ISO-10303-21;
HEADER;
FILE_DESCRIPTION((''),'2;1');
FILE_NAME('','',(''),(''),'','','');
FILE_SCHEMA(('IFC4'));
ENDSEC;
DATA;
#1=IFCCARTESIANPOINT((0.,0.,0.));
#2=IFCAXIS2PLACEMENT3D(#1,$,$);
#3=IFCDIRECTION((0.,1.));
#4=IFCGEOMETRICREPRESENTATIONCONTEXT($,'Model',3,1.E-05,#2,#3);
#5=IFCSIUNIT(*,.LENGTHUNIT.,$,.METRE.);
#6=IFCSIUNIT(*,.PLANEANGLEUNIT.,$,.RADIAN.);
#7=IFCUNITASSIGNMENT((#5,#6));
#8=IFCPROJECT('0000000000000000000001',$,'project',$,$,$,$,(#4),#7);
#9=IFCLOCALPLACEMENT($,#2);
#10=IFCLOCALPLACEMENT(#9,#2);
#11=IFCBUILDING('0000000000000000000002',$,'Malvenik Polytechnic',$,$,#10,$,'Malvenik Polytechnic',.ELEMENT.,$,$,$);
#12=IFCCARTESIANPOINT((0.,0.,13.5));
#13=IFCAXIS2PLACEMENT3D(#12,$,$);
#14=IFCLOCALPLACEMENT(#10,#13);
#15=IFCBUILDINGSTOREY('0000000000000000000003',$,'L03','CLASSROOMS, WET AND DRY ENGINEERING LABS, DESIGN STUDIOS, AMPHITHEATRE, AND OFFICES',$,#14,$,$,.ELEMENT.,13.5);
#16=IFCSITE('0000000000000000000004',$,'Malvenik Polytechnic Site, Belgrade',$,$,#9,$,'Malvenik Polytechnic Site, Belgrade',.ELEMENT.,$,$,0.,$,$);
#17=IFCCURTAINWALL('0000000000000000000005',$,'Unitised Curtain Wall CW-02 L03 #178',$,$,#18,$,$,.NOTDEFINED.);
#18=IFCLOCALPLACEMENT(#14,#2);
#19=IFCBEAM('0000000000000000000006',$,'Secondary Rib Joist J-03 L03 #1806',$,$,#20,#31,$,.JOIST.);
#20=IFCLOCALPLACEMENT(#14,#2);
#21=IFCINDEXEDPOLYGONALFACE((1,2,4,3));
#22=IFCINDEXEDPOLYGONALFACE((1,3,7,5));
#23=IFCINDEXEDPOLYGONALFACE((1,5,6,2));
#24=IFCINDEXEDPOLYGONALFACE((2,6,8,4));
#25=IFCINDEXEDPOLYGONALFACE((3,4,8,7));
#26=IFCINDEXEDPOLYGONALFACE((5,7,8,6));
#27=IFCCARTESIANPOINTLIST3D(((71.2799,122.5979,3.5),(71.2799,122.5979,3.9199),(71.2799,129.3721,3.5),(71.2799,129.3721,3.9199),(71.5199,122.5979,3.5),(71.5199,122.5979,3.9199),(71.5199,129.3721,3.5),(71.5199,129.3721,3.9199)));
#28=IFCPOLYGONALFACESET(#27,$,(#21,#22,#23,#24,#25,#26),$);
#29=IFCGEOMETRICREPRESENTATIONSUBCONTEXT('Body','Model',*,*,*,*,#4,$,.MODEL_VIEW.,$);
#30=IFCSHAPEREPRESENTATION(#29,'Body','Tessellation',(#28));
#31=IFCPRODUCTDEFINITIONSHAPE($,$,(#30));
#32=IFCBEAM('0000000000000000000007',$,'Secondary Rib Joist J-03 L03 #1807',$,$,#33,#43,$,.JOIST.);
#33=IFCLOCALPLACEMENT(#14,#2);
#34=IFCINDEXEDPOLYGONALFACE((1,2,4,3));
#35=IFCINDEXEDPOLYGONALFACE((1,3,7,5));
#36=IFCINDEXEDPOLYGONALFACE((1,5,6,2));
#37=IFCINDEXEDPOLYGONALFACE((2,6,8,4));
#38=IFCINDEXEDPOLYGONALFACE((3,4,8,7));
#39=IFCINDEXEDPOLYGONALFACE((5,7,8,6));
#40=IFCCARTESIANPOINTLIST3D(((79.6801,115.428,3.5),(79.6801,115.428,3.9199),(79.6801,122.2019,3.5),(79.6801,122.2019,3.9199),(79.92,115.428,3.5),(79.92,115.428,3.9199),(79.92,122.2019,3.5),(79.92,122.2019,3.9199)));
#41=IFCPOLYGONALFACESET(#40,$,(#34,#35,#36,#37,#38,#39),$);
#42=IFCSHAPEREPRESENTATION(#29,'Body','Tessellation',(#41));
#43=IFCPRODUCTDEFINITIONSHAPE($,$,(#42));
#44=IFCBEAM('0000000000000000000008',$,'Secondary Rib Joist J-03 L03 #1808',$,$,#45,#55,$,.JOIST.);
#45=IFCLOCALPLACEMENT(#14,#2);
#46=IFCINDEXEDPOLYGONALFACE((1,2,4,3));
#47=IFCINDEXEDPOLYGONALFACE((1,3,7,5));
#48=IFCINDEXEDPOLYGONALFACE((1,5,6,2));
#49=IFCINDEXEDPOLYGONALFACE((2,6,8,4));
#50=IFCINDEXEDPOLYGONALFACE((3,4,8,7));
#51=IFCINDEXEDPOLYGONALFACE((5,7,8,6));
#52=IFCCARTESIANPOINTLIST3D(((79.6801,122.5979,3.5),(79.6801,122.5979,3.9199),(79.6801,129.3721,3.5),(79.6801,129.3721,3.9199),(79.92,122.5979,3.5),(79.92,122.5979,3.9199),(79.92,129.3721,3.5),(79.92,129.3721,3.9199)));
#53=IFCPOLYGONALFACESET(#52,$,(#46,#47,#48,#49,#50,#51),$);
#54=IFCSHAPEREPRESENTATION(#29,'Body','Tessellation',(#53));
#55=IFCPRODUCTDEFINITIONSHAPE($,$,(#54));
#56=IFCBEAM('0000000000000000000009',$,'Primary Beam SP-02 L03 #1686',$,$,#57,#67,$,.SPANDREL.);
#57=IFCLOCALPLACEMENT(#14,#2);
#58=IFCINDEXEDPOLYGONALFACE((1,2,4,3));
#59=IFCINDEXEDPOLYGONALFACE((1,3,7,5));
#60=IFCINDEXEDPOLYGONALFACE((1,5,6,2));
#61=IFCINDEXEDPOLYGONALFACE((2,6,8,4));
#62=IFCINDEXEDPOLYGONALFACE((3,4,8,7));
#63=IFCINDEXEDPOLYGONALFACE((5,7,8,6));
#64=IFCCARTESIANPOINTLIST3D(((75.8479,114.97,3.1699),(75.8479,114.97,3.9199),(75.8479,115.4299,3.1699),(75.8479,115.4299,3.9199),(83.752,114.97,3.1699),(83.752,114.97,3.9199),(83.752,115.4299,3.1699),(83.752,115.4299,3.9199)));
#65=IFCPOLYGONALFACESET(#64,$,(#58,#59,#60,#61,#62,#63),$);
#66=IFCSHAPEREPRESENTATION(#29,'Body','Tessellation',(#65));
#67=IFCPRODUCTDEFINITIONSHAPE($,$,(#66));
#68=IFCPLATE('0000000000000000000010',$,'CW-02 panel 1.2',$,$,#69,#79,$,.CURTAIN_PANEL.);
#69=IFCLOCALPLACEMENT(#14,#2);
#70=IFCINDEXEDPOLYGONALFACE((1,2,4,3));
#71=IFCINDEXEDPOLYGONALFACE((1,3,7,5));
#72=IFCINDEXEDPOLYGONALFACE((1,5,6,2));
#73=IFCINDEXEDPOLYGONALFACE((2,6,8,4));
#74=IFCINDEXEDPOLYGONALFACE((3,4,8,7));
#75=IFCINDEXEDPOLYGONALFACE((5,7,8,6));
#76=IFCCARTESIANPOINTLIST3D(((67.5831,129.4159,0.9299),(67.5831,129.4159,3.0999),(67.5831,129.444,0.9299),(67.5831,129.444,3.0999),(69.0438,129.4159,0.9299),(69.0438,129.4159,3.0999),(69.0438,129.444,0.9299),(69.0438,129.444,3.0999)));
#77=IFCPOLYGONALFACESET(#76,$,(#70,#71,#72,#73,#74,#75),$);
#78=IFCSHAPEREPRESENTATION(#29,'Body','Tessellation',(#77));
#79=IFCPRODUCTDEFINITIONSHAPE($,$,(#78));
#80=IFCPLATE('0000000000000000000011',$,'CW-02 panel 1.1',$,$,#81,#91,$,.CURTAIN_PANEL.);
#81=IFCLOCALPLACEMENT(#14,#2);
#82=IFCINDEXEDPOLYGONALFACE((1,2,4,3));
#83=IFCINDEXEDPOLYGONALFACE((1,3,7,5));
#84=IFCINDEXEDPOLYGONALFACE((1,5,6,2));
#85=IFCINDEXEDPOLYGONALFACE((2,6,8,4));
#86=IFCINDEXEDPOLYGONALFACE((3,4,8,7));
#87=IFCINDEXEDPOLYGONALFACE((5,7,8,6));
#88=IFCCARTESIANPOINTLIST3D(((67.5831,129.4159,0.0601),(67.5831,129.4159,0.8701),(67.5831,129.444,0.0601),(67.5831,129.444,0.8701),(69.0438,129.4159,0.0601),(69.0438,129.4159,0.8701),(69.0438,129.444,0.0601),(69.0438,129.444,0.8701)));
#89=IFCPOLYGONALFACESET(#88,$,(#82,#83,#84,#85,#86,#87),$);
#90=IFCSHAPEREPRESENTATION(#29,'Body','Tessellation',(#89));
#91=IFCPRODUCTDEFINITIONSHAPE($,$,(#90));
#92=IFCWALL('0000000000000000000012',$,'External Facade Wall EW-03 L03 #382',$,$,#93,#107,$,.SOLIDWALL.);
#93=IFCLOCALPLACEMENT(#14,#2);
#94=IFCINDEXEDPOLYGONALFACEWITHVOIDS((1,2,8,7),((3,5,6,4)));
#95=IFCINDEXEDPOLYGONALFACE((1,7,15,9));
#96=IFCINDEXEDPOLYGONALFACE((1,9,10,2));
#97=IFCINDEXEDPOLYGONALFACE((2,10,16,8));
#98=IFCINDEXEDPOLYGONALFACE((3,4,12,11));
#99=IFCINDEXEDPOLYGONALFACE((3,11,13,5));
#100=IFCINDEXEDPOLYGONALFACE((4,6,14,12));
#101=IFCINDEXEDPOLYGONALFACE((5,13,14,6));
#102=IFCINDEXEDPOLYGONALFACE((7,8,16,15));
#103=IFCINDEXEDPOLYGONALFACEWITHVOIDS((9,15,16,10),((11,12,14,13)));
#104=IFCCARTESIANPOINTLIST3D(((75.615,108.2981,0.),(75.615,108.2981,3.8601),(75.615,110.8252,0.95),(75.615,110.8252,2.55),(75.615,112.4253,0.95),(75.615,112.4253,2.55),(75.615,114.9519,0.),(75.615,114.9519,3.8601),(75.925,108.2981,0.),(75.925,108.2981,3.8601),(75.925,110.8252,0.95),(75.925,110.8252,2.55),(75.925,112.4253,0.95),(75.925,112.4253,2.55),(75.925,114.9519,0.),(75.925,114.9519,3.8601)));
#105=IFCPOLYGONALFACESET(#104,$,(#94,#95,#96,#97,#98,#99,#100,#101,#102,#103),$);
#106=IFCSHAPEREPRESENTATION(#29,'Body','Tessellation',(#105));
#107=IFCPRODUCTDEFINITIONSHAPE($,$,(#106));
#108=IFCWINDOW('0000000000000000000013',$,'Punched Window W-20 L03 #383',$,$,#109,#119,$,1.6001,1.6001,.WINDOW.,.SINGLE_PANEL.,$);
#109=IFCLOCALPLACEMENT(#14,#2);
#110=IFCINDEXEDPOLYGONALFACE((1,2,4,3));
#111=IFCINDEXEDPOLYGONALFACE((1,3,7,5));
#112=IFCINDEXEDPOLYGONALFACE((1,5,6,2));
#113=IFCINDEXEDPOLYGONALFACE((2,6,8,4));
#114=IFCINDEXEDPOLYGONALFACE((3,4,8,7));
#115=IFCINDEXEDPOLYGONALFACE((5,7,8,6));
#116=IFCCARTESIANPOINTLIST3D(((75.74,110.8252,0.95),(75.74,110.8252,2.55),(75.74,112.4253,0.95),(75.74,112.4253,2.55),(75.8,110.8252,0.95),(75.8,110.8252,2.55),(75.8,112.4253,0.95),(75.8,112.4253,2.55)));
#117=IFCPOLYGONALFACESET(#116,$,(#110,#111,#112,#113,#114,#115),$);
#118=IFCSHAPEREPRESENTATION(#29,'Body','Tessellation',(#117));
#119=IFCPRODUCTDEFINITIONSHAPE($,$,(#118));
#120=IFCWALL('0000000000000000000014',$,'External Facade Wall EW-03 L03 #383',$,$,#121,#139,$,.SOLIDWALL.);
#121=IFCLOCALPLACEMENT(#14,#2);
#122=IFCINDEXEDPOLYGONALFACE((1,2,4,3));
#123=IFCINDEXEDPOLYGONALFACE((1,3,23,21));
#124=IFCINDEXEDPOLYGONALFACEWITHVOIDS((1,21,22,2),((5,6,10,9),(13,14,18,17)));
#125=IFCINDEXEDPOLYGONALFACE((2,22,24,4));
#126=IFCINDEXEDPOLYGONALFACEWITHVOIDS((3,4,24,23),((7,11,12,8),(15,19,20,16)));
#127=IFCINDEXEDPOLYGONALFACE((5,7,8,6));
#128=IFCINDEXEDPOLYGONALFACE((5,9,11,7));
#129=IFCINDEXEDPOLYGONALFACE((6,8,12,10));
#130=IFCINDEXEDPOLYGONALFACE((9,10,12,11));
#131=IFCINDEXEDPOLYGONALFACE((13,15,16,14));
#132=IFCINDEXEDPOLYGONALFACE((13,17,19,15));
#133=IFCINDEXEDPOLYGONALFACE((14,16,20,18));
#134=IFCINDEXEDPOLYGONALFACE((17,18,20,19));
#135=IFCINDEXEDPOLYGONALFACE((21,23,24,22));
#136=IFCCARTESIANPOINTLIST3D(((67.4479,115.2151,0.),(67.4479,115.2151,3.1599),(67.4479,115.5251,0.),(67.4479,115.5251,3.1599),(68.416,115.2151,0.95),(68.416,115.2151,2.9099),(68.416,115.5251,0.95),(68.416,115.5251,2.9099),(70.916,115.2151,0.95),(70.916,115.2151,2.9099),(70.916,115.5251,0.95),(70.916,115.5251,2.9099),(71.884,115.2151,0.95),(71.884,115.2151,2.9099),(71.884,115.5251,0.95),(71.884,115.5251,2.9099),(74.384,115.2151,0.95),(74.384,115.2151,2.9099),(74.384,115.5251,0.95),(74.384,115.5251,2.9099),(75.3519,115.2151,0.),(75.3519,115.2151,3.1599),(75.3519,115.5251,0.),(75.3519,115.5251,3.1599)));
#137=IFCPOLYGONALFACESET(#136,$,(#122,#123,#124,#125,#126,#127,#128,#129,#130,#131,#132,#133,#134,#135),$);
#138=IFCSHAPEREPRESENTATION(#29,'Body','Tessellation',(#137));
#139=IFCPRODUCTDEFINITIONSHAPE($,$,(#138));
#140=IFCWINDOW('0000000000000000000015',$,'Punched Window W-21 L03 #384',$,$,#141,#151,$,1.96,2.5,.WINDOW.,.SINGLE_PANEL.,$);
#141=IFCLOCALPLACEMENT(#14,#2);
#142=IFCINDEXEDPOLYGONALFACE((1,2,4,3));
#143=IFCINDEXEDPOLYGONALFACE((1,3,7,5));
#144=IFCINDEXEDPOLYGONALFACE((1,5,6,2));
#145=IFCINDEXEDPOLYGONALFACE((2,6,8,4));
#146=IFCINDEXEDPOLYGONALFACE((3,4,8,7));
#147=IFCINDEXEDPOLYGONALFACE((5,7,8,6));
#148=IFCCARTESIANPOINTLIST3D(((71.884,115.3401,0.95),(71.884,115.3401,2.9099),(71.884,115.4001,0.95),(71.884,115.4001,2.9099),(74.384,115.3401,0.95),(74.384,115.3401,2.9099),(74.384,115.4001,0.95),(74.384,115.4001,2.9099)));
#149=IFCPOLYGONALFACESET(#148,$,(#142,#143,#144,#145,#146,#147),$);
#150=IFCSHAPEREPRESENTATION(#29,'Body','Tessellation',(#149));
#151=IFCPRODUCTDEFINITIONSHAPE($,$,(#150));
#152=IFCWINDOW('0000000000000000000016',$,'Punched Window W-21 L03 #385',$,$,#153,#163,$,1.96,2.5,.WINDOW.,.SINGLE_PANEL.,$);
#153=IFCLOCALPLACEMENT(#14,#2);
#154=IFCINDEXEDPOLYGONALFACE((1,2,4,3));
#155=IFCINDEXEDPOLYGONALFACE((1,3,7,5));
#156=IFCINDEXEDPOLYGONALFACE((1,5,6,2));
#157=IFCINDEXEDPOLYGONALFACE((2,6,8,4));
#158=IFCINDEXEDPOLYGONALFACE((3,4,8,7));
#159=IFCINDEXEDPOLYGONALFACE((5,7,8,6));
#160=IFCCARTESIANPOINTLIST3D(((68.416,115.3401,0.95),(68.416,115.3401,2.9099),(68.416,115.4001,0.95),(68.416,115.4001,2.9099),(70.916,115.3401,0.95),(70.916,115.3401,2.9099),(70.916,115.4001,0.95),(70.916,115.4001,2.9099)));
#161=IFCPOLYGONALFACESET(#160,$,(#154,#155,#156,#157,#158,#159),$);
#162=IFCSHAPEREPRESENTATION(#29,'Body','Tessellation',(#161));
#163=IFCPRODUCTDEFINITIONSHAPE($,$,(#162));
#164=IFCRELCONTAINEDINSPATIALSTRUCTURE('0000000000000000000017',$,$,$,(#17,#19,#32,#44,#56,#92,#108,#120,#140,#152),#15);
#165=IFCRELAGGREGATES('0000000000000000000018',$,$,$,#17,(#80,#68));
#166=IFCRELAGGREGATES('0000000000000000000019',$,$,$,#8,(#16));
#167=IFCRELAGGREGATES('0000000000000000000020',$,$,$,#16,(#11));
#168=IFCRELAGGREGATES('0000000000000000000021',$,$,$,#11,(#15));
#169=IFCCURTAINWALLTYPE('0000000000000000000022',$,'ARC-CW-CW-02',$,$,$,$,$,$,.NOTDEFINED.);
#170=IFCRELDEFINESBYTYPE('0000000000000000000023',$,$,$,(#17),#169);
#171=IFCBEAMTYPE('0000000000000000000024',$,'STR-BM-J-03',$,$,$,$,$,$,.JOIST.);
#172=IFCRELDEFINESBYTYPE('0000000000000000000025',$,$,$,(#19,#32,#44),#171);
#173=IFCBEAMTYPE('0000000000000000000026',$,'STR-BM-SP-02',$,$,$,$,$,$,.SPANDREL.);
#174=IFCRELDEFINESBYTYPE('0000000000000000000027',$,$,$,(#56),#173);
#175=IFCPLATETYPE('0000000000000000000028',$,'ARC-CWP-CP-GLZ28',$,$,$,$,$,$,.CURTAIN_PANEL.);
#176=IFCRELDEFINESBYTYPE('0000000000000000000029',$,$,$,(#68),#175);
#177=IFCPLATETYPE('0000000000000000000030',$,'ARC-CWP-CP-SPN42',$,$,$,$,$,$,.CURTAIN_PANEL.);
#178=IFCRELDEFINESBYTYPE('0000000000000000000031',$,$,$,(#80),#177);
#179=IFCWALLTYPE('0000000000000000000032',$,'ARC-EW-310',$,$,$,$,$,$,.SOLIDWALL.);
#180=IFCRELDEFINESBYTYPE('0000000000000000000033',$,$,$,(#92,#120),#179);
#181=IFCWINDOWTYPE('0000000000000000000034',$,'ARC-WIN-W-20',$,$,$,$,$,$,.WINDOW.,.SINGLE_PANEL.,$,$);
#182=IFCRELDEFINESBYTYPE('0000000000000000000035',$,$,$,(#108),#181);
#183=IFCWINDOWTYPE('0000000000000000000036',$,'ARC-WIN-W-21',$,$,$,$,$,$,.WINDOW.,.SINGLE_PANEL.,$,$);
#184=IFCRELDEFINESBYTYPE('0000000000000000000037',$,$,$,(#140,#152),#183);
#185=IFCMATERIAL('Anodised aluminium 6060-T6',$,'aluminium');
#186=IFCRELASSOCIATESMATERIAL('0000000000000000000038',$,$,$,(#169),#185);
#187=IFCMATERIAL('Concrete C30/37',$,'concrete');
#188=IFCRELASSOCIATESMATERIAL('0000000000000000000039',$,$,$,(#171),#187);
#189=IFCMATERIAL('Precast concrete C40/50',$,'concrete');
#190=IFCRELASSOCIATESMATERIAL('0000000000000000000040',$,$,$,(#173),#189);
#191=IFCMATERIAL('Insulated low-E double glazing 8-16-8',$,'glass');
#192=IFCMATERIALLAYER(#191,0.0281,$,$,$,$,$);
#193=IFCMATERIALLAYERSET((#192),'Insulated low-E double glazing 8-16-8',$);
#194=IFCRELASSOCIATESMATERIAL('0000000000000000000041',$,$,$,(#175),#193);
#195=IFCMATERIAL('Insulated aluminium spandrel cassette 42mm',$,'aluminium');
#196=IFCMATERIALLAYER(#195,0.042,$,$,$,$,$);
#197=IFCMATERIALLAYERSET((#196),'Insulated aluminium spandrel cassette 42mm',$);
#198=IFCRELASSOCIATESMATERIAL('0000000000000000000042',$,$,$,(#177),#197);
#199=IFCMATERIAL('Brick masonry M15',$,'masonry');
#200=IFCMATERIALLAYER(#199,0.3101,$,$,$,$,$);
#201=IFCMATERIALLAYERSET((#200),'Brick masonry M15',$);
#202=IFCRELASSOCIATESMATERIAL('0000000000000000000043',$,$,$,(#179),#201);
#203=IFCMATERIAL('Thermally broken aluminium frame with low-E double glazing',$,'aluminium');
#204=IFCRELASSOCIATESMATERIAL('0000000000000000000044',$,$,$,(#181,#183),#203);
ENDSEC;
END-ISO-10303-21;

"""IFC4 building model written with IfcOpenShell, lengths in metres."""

from ifc_helpers import new_model, si_unit, direction, frame, frame_2d, origin, origin_2d, place, context, subcontext, project, spatial, rectangle, extrude, material, layer, layer_set, material_profile, profile_set, type_object, element, fill, aggregate, save


model = new_model("IFC4")

# Units and contexts
model_context = context("Model", 3, precision=1e-05, world=origin(), true_north=direction((0.0, 1.0)))
body_context = subcontext(model_context, "Body", "Model", "MODEL_VIEW")
ifc_project = project(units=[si_unit("LENGTHUNIT", "METRE"), si_unit("PLANEANGLEUNIT", "RADIAN")], contexts=[model_context])

# Site, building, storey
site_placement = place(None, origin())
site = spatial("IfcSite", under=ifc_project, at=site_placement, Name="Malvenik Polytechnic Site, Belgrade", LongName="Malvenik Polytechnic Site, Belgrade", CompositionType="ELEMENT", RefElevation=0.0)
building_placement = place(site_placement, origin())
building = spatial("IfcBuilding", under=site, at=building_placement, Name="Malvenik Polytechnic", LongName="Malvenik Polytechnic", CompositionType="ELEMENT")
storey_placement = place(building_placement, frame((0.0, 0.0, 13.5)))
storey = spatial("IfcBuildingStorey", under=building, at=storey_placement, Name="L03", Description="CLASSROOMS, WET AND DRY ENGINEERING LABS, DESIGN STUDIOS, AMPHITHEATRE, AND OFFICES", CompositionType="ELEMENT", Elevation=13.5)

# Curtain wall
ifc_material_1 = material(Name="Anodised aluminium 6060-T6", Category="aluminium")
curtain_wall_type = type_object("IfcCurtainWallType", Name="ARC-CW-CW-02", PredefinedType="NOTDEFINED", material=ifc_material_1)
curtain_wall_placement = place(storey_placement, origin())
curtain_wall = element("IfcCurtainWall", 1, at=curtain_wall_placement, inside=storey, type_object=curtain_wall_type, Name="Unitised Curtain Wall CW-02 L03 #178", PredefinedType="NOTDEFINED")

# Beams
ifc_material_2 = material(Name="Concrete C30/37", Category="concrete")
ifc_material_profile_1 = material_profile(ifc_material_2, rectangle(XDim=0.24, YDim=0.4199, at=origin_2d()), Name="RC JST 240x420")
ifc_profile_set_1 = profile_set([ifc_material_profile_1], Name="Concrete C30/37")
beam_type_1 = type_object("IfcBeamType", Name="STR-BM-J-03", PredefinedType="JOIST", material=ifc_profile_set_1)
beam_1_placement = place(storey_placement, frame((71.3999, 122.5979, 3.71), z_axis=(0.0, 1.0, 0.0), x_axis=(-1.0, 0.0, 0.0)))
element("IfcBeam", 2, at=beam_1_placement, inside=storey, type_object=beam_type_1, Name="Secondary Rib Joist J-03 L03 #1806", PredefinedType="JOIST", context=body_context, shape_type="SweptSolid", body=[
    extrude(rectangle(XDim=0.24, YDim=0.4199, at=origin_2d()), origin(), (0.0, 0.0, 1.0), 6.7742),
])
beam_2_placement = place(storey_placement, frame((79.8, 115.428, 3.71), z_axis=(0.0, 1.0, 0.0), x_axis=(-1.0, 0.0, 0.0)))
element("IfcBeam", 3, at=beam_2_placement, inside=storey, type_object=beam_type_1, Name="Secondary Rib Joist J-03 L03 #1807", PredefinedType="JOIST", context=body_context, shape_type="SweptSolid", body=[
    extrude(rectangle(XDim=0.24, YDim=0.4199, at=origin_2d()), origin(), (0.0, 0.0, 1.0), 6.7739),
])
beam_3_placement = place(storey_placement, frame((79.8, 122.5979, 3.71), z_axis=(0.0, 1.0, 0.0), x_axis=(-1.0, 0.0, 0.0)))
element("IfcBeam", 4, at=beam_3_placement, inside=storey, type_object=beam_type_1, Name="Secondary Rib Joist J-03 L03 #1808", PredefinedType="JOIST", context=body_context, shape_type="SweptSolid", body=[
    extrude(rectangle(XDim=0.24, YDim=0.4199, at=origin_2d()), origin(), (0.0, 0.0, 1.0), 6.7742),
])
ifc_material_3 = material(Name="Precast concrete C40/50", Category="concrete")
ifc_material_profile_2 = material_profile(ifc_material_3, rectangle(XDim=0.46, YDim=0.75, at=origin_2d()), Name="PC SPN 460x750")
ifc_profile_set_2 = profile_set([ifc_material_profile_2], Name="Precast concrete C40/50")
beam_type_2 = type_object("IfcBeamType", Name="STR-BM-SP-02", PredefinedType="SPANDREL", material=ifc_profile_set_2)
beam_4_placement = place(storey_placement, frame((75.8479, 115.2, 3.5449), z_axis=(1.0, 0.0, 0.0), x_axis=(0.0, 1.0, 0.0)))
element("IfcBeam", 5, at=beam_4_placement, inside=storey, type_object=beam_type_2, Name="Primary Beam SP-02 L03 #1686", PredefinedType="SPANDREL", context=body_context, shape_type="SweptSolid", body=[
    extrude(rectangle(XDim=0.46, YDim=0.75, at=origin_2d()), origin(), (0.0, 0.0, 1.0), 7.9041),
])

# Plates
ifc_material_4 = material(Name="Insulated low-E double glazing 8-16-8", Category="glass")
ifc_layer_1 = layer(ifc_material_4, 0.0281)
ifc_layer_set_1 = layer_set([ifc_layer_1], Name="Insulated low-E double glazing 8-16-8")
plate_type_1 = type_object("IfcPlateType", Name="ARC-CWP-CP-GLZ28", PredefinedType="CURTAIN_PANEL", material=ifc_layer_set_1)
plate_1_placement = place(storey_placement, frame((68.3135, 129.4299, 0.9299), z_axis=(0.0, 0.0, 1.0), x_axis=(1.0, 0.0, 0.0)))
plate_1 = element("IfcPlate", 6, at=plate_1_placement, type_object=plate_type_1, Name="CW-02 panel 1.2", PredefinedType="CURTAIN_PANEL", context=body_context, shape_type="SweptSolid", body=[
    extrude(rectangle(XDim=1.4607, YDim=0.0281, at=origin_2d()), origin(), (0.0, 0.0, 1.0), 2.1699),
])
ifc_material_5 = material(Name="Insulated aluminium spandrel cassette 42mm", Category="aluminium")
ifc_layer_2 = layer(ifc_material_5, 0.042)
ifc_layer_set_2 = layer_set([ifc_layer_2], Name="Insulated aluminium spandrel cassette 42mm")
plate_type_2 = type_object("IfcPlateType", Name="ARC-CWP-CP-SPN42", PredefinedType="CURTAIN_PANEL", material=ifc_layer_set_2)
plate_2_placement = place(storey_placement, frame((68.3135, 129.4299, 0.0601), z_axis=(0.0, 0.0, 1.0), x_axis=(1.0, 0.0, 0.0)))
plate_2 = element("IfcPlate", 7, at=plate_2_placement, type_object=plate_type_2, Name="CW-02 panel 1.1", PredefinedType="CURTAIN_PANEL", context=body_context, shape_type="SweptSolid", body=[
    extrude(rectangle(XDim=1.4607, YDim=0.0281, at=origin_2d()), origin(), (0.0, 0.0, 1.0), 0.8101),
])
aggregate(curtain_wall, [plate_2, plate_1])

# Wall, opening, window
ifc_material_6 = material(Name="Brick masonry M15", Category="masonry")
ifc_layer_3 = layer(ifc_material_6, 0.3101)
ifc_layer_set_3 = layer_set([ifc_layer_3], Name="Brick masonry M15")
wall_type_1 = type_object("IfcWallType", Name="ARC-EW-310", PredefinedType="SOLIDWALL", material=ifc_layer_set_3)
wall_1_placement = place(storey_placement, frame((75.77, 108.2981, 0.0), z_axis=(0.0, 0.0, 1.0), x_axis=(0.0, 1.0, 0.0)))
wall_1 = element("IfcWall", 8, at=wall_1_placement, inside=storey, type_object=wall_type_1, Name="External Facade Wall EW-03 L03 #382", PredefinedType="SOLIDWALL", context=body_context, shape_type="SweptSolid", body=[
    extrude(rectangle(XDim=6.6538, YDim=0.3101, at=frame_2d((3.3269, 0.0))), origin(), (0.0, 0.0, 1.0), 3.8601),
])
opening_1_placement = place(wall_1_placement, frame((2.5271, 0.0, 0.95)))
opening_1 = element("IfcOpeningElement", 9, at=opening_1_placement, cuts=wall_1, PredefinedType="OPENING", context=body_context, shape_type="SweptSolid", body=[
    extrude(rectangle(XDim=1.6001, YDim=1.6001, at=frame_2d((0.8, 0.8))), frame((0.0, 0.165, 0.0), z_axis=(0.0, -1.0, 0.0), x_axis=(1.0, 0.0, 0.0)), (0.0, 0.0, 1.0), 0.3301),
])
ifc_material_7 = material(Name="Thermally broken aluminium frame with low-E double glazing", Category="aluminium")
window_type_1 = type_object("IfcWindowType", Name="ARC-WIN-W-20", PartitioningType="SINGLE_PANEL", PredefinedType="WINDOW", material=ifc_material_7)
window_1_placement = place(opening_1_placement, origin())
window_1 = element("IfcWindow", 10, at=window_1_placement, inside=storey, type_object=window_type_1, Name="Punched Window W-20 L03 #383", OverallHeight=1.6001, OverallWidth=1.6001, PartitioningType="SINGLE_PANEL", PredefinedType="WINDOW", context=body_context, shape_type="SweptSolid", body=[
    extrude(rectangle(XDim=1.6001, YDim=1.6001, at=frame_2d((0.8, 0.8))), frame((0.0, 0.03, 0.0), z_axis=(0.0, -1.0, 0.0), x_axis=(1.0, 0.0, 0.0)), (0.0, 0.0, 1.0), 0.0601),
])
fill(opening_1, window_1)

# Wall, openings, windows
wall_2_placement = place(storey_placement, frame((75.3521, 115.3701, 0.0), z_axis=(0.0, 0.0, 1.0), x_axis=(-1.0, 0.0, 0.0)))
wall_2 = element("IfcWall", 11, at=wall_2_placement, inside=storey, type_object=wall_type_1, Name="External Facade Wall EW-03 L03 #383", PredefinedType="SOLIDWALL", context=body_context, shape_type="SweptSolid", body=[
    extrude(rectangle(XDim=7.9041, YDim=0.3101, at=frame_2d((3.9521, 0.0))), origin(), (0.0, 0.0, 1.0), 3.1599),
])
opening_2_placement = place(wall_2_placement, frame((0.968, 0.0, 0.95)))
opening_2 = element("IfcOpeningElement", 12, at=opening_2_placement, cuts=wall_2, PredefinedType="OPENING", context=body_context, shape_type="SweptSolid", body=[
    extrude(rectangle(XDim=2.5, YDim=1.96, at=frame_2d((1.25, 0.98))), frame((0.0, 0.165, 0.0), z_axis=(0.0, -1.0, 0.0), x_axis=(1.0, 0.0, 0.0)), (0.0, 0.0, 1.0), 0.3301),
])
opening_3_placement = place(wall_2_placement, frame((4.436, 0.0, 0.95)))
opening_3 = element("IfcOpeningElement", 13, at=opening_3_placement, cuts=wall_2, PredefinedType="OPENING", context=body_context, shape_type="SweptSolid", body=[
    extrude(rectangle(XDim=2.5, YDim=1.96, at=frame_2d((1.25, 0.98))), frame((0.0, 0.165, 0.0), z_axis=(0.0, -1.0, 0.0), x_axis=(1.0, 0.0, 0.0)), (0.0, 0.0, 1.0), 0.3301),
])
window_type_2 = type_object("IfcWindowType", Name="ARC-WIN-W-21", PartitioningType="SINGLE_PANEL", PredefinedType="WINDOW", material=ifc_material_7)
window_2_placement = place(opening_2_placement, origin())
window_2 = element("IfcWindow", 14, at=window_2_placement, inside=storey, type_object=window_type_2, Name="Punched Window W-21 L03 #384", OverallHeight=1.96, OverallWidth=2.5, PartitioningType="SINGLE_PANEL", PredefinedType="WINDOW", context=body_context, shape_type="SweptSolid", body=[
    extrude(rectangle(XDim=2.5, YDim=1.96, at=frame_2d((1.25, 0.98))), frame((0.0, 0.03, 0.0), z_axis=(0.0, -1.0, 0.0), x_axis=(1.0, 0.0, 0.0)), (0.0, 0.0, 1.0), 0.0601),
])
fill(opening_2, window_2)
window_3_placement = place(opening_3_placement, origin())
window_3 = element("IfcWindow", 15, at=window_3_placement, inside=storey, type_object=window_type_2, Name="Punched Window W-21 L03 #385", OverallHeight=1.96, OverallWidth=2.5, PartitioningType="SINGLE_PANEL", PredefinedType="WINDOW", context=body_context, shape_type="SweptSolid", body=[
    extrude(rectangle(XDim=2.5, YDim=1.96, at=frame_2d((1.25, 0.98))), frame((0.0, 0.03, 0.0), z_axis=(0.0, -1.0, 0.0), x_axis=(1.0, 0.0, 0.0)), (0.0, 0.0, 1.0), 0.0601),
])
fill(opening_3, window_3)

save(model, "model.ifc")
